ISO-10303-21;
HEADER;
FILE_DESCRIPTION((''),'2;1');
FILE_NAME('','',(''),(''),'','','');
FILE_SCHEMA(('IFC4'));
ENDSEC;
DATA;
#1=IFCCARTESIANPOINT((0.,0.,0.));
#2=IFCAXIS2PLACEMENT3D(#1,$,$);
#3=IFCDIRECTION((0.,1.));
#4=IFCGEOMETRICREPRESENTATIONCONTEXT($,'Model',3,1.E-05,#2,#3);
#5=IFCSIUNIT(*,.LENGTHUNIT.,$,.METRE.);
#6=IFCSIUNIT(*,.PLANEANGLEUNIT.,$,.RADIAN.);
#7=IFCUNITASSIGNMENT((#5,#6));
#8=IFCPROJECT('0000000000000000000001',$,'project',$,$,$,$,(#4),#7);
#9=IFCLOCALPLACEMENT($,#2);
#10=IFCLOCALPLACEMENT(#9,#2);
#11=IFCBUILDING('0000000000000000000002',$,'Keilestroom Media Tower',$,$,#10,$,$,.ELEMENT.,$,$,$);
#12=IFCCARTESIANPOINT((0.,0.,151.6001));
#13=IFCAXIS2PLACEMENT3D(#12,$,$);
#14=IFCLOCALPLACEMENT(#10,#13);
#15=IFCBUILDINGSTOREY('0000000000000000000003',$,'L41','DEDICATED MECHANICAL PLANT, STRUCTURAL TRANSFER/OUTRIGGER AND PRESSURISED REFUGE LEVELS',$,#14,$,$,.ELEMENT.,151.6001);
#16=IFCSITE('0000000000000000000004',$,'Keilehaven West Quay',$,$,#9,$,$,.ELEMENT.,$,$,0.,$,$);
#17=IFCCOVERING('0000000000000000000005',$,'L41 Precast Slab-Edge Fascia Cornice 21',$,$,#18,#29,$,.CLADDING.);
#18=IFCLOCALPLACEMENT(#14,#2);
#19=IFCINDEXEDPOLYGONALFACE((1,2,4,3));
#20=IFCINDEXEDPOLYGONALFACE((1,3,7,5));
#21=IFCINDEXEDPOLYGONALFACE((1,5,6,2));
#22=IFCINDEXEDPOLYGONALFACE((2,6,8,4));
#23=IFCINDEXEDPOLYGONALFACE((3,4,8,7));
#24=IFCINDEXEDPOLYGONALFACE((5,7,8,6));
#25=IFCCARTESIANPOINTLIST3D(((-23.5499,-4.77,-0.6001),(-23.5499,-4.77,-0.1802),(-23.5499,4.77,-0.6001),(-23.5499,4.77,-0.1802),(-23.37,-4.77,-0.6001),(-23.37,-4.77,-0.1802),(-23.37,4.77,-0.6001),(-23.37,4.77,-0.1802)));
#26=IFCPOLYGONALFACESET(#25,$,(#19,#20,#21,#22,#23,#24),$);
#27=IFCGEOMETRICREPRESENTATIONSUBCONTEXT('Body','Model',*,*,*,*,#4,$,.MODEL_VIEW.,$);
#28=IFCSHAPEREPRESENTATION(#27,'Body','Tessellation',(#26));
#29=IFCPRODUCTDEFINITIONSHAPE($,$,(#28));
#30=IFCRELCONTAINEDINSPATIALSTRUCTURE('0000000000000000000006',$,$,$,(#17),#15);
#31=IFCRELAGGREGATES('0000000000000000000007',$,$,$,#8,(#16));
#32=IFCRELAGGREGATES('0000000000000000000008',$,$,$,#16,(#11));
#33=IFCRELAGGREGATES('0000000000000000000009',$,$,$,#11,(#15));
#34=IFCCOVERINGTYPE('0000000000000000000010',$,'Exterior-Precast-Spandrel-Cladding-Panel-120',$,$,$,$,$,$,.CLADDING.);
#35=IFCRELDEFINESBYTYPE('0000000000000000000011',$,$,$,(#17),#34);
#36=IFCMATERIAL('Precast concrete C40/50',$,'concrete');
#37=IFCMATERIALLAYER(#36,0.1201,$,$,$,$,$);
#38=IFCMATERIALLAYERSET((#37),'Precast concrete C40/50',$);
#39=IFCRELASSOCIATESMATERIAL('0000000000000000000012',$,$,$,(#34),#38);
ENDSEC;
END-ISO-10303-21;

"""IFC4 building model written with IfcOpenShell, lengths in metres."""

from ifc_helpers import new_model, si_unit, direction, frame, origin, origin_2d, place, context, subcontext, project, spatial, rectangle, extrude, source, transform, mapped, material, layer, layer_set, type_object, element, save


model = new_model("IFC4")

# Units and contexts
model_context = context("Model", 3, precision=1e-05, world=origin(), true_north=direction((0.0, 1.0)))
body_context = subcontext(model_context, "Body", "Model", "MODEL_VIEW")
ifc_project = project(units=[si_unit("LENGTHUNIT", "METRE"), si_unit("PLANEANGLEUNIT", "RADIAN")], contexts=[model_context])

# Site, building, storey
site_placement = place(None, origin())
site = spatial("IfcSite", under=ifc_project, at=site_placement, Name="Keilehaven West Quay", CompositionType="ELEMENT", RefElevation=0.0)
building_placement = place(site_placement, origin())
building = spatial("IfcBuilding", under=site, at=building_placement, Name="Keilestroom Media Tower", CompositionType="ELEMENT")
storey_placement = place(building_placement, frame((0.0, 0.0, 151.6001)))
storey = spatial("IfcBuildingStorey", under=building, at=storey_placement, Name="L41", Description="DEDICATED MECHANICAL PLANT, STRUCTURAL TRANSFER/OUTRIGGER AND PRESSURISED REFUGE LEVELS", CompositionType="ELEMENT", Elevation=151.6001)

# Shared definitions
ifc_material_1 = material(Name="Precast concrete C40/50", Category="concrete")

# Covering
ifc_layer_1 = layer(ifc_material_1, 0.1201)
ifc_layer_set_1 = layer_set([ifc_layer_1], Name="Precast concrete C40/50")
covering_type = type_object("IfcCoveringType", Name="Exterior-Precast-Spandrel-Cladding-Panel-120", PredefinedType="CLADDING", material=ifc_layer_set_1)
shared_shape_1 = source(origin(), body_context, "Body", "SweptSolid", [
    extrude(rectangle(XDim=9.54, YDim=0.1799, at=origin_2d()), origin(), (0.0, 0.0, 1.0), 0.4199),
])
covering_placement = place(storey_placement, frame((-23.46, 0.0, -0.6001), z_axis=(0.0, 0.0, 1.0), x_axis=(0.0, 1.0, 0.0)))
element("IfcCovering", 1, at=covering_placement, inside=storey, type_object=covering_type, Name="L41 Precast Slab-Edge Fascia Cornice 21", PredefinedType="CLADDING", context=body_context, shape_type="MappedRepresentation", body=[
    mapped(shared_shape_1, transform((0.0, 0.0, 0.0), x_axis=(1.0, 0.0, 0.0), y_axis=(0.0, 1.0, 0.0), z_axis=(0.0, 0.0, 1.0), scale=1.0)),
])

save(model, "model.ifc")
